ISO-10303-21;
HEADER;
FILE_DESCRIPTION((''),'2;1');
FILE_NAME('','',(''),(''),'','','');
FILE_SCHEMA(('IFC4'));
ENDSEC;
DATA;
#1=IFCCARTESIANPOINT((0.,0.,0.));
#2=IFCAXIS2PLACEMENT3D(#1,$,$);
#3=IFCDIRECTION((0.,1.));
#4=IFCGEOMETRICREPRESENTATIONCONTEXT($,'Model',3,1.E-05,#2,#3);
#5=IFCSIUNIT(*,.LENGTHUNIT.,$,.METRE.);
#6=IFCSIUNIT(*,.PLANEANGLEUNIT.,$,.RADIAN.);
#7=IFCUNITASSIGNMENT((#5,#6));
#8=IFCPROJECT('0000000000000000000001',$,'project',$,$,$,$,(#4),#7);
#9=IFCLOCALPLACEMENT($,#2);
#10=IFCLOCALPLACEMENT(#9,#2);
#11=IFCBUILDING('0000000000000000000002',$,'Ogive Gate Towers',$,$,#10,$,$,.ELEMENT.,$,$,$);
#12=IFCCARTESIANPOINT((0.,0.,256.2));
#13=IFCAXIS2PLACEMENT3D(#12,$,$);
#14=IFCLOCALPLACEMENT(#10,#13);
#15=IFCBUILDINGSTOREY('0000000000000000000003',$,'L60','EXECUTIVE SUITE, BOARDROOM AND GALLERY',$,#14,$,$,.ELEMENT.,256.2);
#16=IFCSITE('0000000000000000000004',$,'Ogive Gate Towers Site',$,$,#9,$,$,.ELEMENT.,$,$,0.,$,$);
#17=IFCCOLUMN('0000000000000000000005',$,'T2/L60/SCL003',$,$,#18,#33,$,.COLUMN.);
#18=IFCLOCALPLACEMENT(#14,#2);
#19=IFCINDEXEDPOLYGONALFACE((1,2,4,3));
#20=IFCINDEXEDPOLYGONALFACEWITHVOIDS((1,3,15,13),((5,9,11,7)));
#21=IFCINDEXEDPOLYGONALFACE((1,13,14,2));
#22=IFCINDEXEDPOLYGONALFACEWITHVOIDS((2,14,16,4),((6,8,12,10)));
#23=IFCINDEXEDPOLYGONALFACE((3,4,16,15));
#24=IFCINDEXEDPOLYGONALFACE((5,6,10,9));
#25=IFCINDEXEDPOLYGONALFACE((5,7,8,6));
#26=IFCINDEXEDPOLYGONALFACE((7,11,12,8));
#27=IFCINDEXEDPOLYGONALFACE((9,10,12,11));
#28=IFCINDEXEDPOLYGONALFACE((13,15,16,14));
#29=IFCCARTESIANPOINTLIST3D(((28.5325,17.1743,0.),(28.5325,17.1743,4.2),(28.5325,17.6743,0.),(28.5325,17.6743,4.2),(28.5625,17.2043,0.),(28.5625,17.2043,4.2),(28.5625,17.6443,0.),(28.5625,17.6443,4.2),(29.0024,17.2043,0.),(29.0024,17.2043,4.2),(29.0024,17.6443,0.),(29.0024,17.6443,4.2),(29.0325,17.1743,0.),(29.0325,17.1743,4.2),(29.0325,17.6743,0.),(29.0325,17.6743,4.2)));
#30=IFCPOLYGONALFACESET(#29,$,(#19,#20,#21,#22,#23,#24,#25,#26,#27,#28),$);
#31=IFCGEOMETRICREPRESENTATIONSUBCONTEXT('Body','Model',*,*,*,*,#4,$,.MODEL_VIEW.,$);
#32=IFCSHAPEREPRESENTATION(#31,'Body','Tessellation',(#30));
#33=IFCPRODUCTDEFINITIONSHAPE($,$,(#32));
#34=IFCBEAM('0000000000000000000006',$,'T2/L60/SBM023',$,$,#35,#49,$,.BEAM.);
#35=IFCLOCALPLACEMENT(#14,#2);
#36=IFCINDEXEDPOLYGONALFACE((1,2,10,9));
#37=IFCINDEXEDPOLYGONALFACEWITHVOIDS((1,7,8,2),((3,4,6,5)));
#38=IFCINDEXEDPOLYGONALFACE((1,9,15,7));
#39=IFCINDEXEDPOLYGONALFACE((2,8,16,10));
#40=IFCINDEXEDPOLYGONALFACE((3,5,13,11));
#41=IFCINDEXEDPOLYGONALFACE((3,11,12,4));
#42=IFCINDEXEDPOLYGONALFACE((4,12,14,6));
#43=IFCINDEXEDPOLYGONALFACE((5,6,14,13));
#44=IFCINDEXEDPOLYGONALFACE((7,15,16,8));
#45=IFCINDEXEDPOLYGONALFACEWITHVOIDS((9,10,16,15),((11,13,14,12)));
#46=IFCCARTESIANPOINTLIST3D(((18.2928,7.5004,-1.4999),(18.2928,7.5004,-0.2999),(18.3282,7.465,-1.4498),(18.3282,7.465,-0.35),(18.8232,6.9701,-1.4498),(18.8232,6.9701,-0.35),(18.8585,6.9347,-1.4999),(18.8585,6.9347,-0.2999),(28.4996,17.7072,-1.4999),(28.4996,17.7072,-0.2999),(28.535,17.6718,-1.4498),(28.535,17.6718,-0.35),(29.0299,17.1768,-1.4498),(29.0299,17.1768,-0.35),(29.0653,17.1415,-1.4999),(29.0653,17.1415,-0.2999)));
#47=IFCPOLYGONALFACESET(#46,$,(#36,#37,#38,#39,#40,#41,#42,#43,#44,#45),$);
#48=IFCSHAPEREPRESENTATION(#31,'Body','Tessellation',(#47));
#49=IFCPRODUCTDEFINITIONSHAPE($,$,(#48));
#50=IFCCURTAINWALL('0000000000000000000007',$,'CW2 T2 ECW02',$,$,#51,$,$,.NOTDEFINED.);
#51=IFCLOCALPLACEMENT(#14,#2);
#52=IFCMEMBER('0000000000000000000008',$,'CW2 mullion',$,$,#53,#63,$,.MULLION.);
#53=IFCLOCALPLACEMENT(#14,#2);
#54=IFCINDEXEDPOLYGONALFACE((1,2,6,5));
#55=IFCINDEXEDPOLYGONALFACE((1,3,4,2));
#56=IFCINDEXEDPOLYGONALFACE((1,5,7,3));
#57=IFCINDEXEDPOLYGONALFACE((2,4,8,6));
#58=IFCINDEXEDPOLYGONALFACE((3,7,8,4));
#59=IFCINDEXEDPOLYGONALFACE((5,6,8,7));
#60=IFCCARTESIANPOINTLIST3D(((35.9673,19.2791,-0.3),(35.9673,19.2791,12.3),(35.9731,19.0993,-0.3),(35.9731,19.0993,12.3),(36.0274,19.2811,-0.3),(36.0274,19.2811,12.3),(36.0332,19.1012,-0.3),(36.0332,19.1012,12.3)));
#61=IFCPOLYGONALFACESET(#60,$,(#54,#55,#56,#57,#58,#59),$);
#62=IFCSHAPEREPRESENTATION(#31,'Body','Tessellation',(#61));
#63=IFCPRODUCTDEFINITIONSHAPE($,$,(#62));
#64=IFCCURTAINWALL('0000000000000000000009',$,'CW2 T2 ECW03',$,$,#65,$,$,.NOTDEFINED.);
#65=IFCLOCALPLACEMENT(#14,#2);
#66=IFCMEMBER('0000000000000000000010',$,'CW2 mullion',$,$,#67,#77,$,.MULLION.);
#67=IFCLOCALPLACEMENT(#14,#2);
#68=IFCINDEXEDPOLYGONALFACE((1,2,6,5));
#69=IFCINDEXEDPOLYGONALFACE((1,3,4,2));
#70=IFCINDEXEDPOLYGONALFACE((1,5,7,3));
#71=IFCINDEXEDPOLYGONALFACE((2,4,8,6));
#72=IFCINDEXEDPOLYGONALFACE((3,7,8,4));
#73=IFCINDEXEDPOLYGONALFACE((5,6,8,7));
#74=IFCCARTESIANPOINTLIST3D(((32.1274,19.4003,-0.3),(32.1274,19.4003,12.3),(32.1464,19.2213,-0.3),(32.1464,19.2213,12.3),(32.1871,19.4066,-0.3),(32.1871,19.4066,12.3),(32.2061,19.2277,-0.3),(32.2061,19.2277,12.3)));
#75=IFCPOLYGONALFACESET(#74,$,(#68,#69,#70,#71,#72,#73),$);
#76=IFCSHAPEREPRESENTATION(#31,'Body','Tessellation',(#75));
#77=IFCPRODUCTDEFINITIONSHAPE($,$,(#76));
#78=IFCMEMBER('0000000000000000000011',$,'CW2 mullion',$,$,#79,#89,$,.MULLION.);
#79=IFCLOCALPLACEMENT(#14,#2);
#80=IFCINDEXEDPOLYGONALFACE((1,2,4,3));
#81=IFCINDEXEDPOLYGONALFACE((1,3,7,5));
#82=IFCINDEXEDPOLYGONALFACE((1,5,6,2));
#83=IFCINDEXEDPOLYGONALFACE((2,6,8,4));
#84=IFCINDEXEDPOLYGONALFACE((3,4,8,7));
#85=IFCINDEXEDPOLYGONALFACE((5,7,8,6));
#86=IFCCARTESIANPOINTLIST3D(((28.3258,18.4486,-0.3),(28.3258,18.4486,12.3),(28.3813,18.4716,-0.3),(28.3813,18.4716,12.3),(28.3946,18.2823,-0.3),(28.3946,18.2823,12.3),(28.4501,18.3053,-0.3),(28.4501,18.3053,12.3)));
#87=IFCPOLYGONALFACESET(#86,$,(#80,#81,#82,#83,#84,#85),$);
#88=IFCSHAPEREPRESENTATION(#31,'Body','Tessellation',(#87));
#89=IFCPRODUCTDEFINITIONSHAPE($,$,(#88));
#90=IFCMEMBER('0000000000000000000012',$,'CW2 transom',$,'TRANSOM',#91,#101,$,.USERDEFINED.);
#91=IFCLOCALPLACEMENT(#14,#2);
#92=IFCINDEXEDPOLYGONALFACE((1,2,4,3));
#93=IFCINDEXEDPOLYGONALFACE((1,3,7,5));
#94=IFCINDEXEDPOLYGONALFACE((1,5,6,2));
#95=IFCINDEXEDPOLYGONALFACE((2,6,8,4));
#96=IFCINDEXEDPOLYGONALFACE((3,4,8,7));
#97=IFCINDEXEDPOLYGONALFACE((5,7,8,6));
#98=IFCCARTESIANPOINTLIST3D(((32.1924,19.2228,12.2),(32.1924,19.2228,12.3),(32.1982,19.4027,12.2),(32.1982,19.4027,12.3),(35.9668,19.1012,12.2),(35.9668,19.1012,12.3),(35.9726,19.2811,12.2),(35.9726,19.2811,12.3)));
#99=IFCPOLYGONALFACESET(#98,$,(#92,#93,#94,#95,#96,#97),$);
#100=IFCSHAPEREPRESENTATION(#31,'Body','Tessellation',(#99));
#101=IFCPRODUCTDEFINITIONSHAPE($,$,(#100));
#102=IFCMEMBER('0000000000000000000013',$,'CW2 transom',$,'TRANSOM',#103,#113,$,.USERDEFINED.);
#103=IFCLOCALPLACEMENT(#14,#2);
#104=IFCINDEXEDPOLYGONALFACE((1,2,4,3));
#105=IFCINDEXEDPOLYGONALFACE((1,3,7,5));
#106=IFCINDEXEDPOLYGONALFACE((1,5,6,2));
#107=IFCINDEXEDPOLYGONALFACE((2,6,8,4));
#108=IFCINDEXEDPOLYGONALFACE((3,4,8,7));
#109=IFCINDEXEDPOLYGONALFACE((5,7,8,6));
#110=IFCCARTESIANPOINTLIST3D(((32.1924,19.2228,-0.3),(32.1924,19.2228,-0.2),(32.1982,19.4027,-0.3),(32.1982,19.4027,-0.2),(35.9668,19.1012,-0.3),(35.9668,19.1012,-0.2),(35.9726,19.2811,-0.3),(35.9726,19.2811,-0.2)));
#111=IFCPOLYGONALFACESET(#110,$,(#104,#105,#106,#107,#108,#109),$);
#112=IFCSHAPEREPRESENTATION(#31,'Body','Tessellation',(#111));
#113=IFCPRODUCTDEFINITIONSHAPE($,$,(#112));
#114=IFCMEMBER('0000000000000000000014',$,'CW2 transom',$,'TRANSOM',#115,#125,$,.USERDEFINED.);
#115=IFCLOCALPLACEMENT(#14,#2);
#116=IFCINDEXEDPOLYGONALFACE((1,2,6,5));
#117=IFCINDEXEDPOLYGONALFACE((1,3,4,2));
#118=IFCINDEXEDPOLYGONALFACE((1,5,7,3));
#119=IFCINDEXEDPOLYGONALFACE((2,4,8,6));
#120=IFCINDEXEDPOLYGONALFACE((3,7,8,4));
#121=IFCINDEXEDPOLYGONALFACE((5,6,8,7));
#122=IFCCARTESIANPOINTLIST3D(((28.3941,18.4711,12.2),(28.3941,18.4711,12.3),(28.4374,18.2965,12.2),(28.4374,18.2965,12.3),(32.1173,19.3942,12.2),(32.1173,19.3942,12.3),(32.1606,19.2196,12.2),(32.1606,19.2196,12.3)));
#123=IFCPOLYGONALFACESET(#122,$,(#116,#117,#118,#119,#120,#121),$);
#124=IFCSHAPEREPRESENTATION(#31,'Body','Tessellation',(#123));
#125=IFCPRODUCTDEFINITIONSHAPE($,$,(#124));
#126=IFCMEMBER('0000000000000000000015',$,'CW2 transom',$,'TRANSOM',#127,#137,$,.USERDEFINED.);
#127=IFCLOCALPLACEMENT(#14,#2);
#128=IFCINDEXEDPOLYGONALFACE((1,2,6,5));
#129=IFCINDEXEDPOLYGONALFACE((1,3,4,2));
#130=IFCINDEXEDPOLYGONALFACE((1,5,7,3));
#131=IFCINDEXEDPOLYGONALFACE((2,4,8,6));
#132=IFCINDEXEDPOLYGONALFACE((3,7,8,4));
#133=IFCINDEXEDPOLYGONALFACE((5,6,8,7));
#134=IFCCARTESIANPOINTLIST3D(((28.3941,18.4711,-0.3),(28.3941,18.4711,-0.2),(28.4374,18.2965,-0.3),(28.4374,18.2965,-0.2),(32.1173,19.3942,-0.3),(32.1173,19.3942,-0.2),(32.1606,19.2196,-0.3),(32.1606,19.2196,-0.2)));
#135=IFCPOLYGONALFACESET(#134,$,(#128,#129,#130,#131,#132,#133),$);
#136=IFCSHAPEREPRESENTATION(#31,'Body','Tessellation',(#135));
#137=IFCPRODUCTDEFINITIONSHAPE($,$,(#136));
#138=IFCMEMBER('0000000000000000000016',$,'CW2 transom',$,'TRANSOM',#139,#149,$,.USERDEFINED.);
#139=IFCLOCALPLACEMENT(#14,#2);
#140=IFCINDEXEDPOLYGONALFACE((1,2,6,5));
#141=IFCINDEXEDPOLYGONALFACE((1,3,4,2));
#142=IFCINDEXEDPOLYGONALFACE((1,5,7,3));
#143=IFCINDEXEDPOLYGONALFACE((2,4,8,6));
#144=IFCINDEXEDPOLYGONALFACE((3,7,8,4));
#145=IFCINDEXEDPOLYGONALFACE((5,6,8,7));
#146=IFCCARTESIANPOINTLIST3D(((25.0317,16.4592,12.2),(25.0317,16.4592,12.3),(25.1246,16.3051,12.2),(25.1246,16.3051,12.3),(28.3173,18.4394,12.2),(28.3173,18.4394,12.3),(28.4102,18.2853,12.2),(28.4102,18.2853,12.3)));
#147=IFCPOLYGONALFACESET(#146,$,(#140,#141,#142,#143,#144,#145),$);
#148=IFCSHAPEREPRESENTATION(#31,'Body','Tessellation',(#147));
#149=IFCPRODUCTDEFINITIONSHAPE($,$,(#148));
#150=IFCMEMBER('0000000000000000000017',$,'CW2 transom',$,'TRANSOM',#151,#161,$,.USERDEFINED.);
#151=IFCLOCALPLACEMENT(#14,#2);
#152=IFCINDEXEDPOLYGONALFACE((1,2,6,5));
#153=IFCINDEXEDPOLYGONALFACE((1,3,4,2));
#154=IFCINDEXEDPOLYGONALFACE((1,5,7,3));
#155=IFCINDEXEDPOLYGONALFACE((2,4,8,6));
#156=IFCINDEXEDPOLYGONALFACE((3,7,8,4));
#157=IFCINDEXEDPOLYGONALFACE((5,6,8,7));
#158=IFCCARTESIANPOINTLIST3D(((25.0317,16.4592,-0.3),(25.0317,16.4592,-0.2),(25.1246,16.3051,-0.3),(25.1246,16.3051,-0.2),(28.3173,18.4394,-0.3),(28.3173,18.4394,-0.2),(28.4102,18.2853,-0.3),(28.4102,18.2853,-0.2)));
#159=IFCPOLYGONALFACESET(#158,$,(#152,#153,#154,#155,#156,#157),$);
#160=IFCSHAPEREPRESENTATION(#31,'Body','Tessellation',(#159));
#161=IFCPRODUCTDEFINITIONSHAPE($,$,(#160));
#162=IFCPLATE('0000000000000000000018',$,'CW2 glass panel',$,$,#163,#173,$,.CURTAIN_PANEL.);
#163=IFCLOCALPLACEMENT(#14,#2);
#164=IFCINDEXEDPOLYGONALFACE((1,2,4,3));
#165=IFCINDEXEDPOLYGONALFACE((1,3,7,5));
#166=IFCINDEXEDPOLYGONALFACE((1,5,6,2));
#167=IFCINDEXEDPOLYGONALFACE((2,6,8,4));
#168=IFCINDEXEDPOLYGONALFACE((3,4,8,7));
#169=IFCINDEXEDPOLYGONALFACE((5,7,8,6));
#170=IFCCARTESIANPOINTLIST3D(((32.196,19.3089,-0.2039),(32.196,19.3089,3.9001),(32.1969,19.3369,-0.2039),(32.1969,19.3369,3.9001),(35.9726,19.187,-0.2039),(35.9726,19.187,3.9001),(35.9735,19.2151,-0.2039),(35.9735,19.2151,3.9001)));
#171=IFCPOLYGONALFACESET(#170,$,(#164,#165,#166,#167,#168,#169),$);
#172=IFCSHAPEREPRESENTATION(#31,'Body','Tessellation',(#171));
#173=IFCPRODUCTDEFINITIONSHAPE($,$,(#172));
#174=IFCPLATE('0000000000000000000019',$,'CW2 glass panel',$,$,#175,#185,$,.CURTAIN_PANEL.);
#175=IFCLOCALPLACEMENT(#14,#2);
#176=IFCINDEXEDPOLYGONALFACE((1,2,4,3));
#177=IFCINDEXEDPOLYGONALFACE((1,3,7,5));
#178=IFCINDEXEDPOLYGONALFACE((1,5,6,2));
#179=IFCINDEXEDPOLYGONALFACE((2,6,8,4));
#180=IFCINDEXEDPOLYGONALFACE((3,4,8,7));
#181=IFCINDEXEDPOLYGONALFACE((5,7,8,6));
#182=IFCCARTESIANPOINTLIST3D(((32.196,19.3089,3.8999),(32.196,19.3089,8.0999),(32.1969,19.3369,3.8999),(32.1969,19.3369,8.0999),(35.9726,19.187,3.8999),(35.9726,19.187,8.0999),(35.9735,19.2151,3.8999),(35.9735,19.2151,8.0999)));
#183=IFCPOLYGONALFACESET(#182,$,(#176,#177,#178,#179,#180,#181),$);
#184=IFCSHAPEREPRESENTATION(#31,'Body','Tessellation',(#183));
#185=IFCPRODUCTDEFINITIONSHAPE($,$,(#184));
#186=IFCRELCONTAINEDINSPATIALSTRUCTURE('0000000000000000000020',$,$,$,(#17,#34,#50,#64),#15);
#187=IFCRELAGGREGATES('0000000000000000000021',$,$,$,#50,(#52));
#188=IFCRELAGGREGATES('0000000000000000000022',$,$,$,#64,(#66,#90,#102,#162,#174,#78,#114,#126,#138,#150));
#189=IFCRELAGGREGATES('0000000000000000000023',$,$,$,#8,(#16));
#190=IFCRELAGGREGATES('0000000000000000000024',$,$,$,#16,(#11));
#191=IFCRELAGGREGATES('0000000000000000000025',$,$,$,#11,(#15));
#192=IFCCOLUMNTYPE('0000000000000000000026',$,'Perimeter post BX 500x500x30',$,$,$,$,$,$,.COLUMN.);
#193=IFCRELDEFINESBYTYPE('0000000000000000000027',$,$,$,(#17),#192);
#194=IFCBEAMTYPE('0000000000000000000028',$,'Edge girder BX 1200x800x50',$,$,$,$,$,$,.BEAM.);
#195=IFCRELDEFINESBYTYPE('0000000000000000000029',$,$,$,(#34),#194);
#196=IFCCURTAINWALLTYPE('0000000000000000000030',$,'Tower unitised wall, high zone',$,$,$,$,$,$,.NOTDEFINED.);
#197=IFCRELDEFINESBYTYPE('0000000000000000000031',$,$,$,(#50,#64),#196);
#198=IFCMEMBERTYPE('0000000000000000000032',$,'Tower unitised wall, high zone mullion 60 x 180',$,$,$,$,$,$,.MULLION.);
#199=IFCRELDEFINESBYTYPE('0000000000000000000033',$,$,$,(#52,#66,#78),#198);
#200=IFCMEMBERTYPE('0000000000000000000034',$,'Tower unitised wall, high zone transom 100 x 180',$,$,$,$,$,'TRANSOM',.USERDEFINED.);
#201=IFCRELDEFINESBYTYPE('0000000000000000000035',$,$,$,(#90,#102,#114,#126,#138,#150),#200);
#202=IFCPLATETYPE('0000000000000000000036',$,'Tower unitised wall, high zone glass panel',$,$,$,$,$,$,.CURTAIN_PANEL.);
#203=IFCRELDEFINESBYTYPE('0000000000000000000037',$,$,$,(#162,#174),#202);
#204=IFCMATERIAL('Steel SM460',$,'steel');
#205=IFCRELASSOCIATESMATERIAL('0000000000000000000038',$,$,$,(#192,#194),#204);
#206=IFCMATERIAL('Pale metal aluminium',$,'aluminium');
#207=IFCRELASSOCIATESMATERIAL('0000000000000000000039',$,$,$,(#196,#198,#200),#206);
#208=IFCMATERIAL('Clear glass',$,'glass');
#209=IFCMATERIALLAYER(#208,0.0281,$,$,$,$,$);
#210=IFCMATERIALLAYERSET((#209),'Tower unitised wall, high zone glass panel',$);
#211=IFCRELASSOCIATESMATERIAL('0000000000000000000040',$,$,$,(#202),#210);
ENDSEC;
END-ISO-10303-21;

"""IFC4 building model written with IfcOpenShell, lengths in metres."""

from ifc_helpers import new_model, si_unit, direction, frame, origin, origin_2d, place, context, subcontext, project, spatial, rectangle, hollow_rectangle, extrude, material, layer, layer_set, material_profile, profile_set, type_object, element, aggregate, save


model = new_model("IFC4")

# Units and contexts
model_context = context("Model", 3, precision=1e-05, world=origin(), true_north=direction((0.0, 1.0)))
body_context = subcontext(model_context, "Body", "Model", "MODEL_VIEW")
ifc_project = project(units=[si_unit("LENGTHUNIT", "METRE"), si_unit("PLANEANGLEUNIT", "RADIAN")], contexts=[model_context])

# Site, building, storey
site_placement = place(None, origin())
site = spatial("IfcSite", under=ifc_project, at=site_placement, Name="Ogive Gate Towers Site", CompositionType="ELEMENT", RefElevation=0.0)
building_placement = place(site_placement, origin())
building = spatial("IfcBuilding", under=site, at=building_placement, Name="Ogive Gate Towers", CompositionType="ELEMENT")
storey_placement = place(building_placement, frame((0.0, 0.0, 256.2)))
storey = spatial("IfcBuildingStorey", under=building, at=storey_placement, Name="L60", Description="EXECUTIVE SUITE, BOARDROOM AND GALLERY", CompositionType="ELEMENT", Elevation=256.2)

# Column
ifc_material_1 = material(Name="Steel SM460", Category="steel")
ifc_material_profile_1 = material_profile(ifc_material_1, hollow_rectangle(XDim=0.5, YDim=0.5, WallThickness=0.03, at=origin_2d()), Name="BX 500x500x30")
ifc_profile_set_1 = profile_set([ifc_material_profile_1], Name="Steel SM460")
column_type = type_object("IfcColumnType", Name="Perimeter post BX 500x500x30", PredefinedType="COLUMN", material=ifc_profile_set_1)
column_placement = place(storey_placement, frame((28.7825, 17.4243, 0.0), z_axis=(0.0, 0.0, 1.0), x_axis=(1.0, 0.0, 0.0)))
element("IfcColumn", 1, at=column_placement, inside=storey, type_object=column_type, Name="T2/L60/SCL003", PredefinedType="COLUMN", context=body_context, shape_type="SweptSolid", body=[
    extrude(hollow_rectangle(XDim=0.5, YDim=0.5, WallThickness=0.03, at=origin_2d()), origin(), (0.0, 0.0, 1.0), 4.2),
])

# Beam
ifc_material_profile_2 = material_profile(ifc_material_1, hollow_rectangle(XDim=0.8, YDim=1.2, WallThickness=0.05, at=origin_2d()), Name="BX 1200x800x50")
ifc_profile_set_2 = profile_set([ifc_material_profile_2], Name="Steel SM460")
beam_type = type_object("IfcBeamType", Name="Edge girder BX 1200x800x50", PredefinedType="BEAM", material=ifc_profile_set_2)
beam_placement = place(storey_placement, frame((28.7825, 17.4243, -0.8999), z_axis=(-0.707107, -0.707107, 0.0), x_axis=(0.707107, -0.707107, 0.0)))
element("IfcBeam", 2, at=beam_placement, inside=storey, type_object=beam_type, Name="T2/L60/SBM023", PredefinedType="BEAM", context=body_context, shape_type="SweptSolid", body=[
    extrude(hollow_rectangle(XDim=0.8, YDim=1.2, WallThickness=0.05, at=origin_2d()), origin(), (0.0, 0.0, 1.0), 14.4346),
])

# Curtain wall, member
ifc_material_2 = material(Name="Pale metal aluminium", Category="aluminium")
curtain_wall_type = type_object("IfcCurtainWallType", Name="Tower unitised wall, high zone", PredefinedType="NOTDEFINED", material=ifc_material_2)
curtain_wall_1_placement = place(storey_placement, origin())
curtain_wall_1 = element("IfcCurtainWall", 3, at=curtain_wall_1_placement, inside=storey, type_object=curtain_wall_type, Name="CW2 T2 ECW02", PredefinedType="NOTDEFINED")
ifc_material_profile_3 = material_profile(ifc_material_2, rectangle(XDim=0.1799, YDim=0.0601, at=origin_2d()), Name="60 x 180 aluminium box")
ifc_profile_set_3 = profile_set([ifc_material_profile_3], Name="Pale metal aluminium")
member_type_1 = type_object("IfcMemberType", Name="Tower unitised wall, high zone mullion 60 x 180", PredefinedType="MULLION", material=ifc_profile_set_3)
member_1_placement = place(storey_placement, frame((36.0002, 19.1902, -0.3), z_axis=(0.0, 0.0, 1.0), x_axis=(-0.032248, 0.99948, 0.0)))
member_1 = element("IfcMember", 4, at=member_1_placement, type_object=member_type_1, Name="CW2 mullion", PredefinedType="MULLION", context=body_context, shape_type="SweptSolid", body=[
    extrude(rectangle(XDim=0.1799, YDim=0.0601, at=origin_2d()), origin(), (0.0, 0.0, 1.0), 12.6001),
])
aggregate(curtain_wall_1, [member_1])

# Curtain wall, members, plates
curtain_wall_2_placement = place(storey_placement, origin())
curtain_wall_2 = element("IfcCurtainWall", 5, at=curtain_wall_2_placement, inside=storey, type_object=curtain_wall_type, Name="CW2 T2 ECW03", PredefinedType="NOTDEFINED")
member_2_placement = place(storey_placement, frame((32.1667, 19.314, -0.3), z_axis=(0.0, 0.0, 1.0), x_axis=(-0.105205, 0.994451, 0.0)))
member_2 = element("IfcMember", 6, at=member_2_placement, type_object=member_type_1, Name="CW2 mullion", PredefinedType="MULLION", context=body_context, shape_type="SweptSolid", body=[
    extrude(rectangle(XDim=0.1799, YDim=0.0601, at=origin_2d()), origin(), (0.0, 0.0, 1.0), 12.6001),
])
member_3_placement = place(storey_placement, frame((28.3879, 18.377, -0.3), z_axis=(0.0, 0.0, 1.0), x_axis=(-0.382683, 0.92388, 0.0)))
member_3 = element("IfcMember", 7, at=member_3_placement, type_object=member_type_1, Name="CW2 mullion", PredefinedType="MULLION", context=body_context, shape_type="SweptSolid", body=[
    extrude(rectangle(XDim=0.1799, YDim=0.0601, at=origin_2d()), origin(), (0.0, 0.0, 1.0), 12.6001),
])
ifc_material_profile_4 = material_profile(ifc_material_2, rectangle(XDim=0.1799, YDim=0.1001, at=origin_2d()), Name="100 x 180 aluminium box")
ifc_profile_set_4 = profile_set([ifc_material_profile_4], Name="Pale metal aluminium")
member_type_2 = type_object("IfcMemberType", Name="Tower unitised wall, high zone transom 100 x 180", ElementType="TRANSOM", PredefinedType="USERDEFINED", material=ifc_profile_set_4)
member_4_placement = place(storey_placement, frame((35.9697, 19.1912, 12.25), z_axis=(-0.999482, 0.032195, 0.0), x_axis=(-0.032195, -0.999482, 0.0)))
member_4 = element("IfcMember", 8, at=member_4_placement, type_object=member_type_2, Name="CW2 transom", ObjectType="TRANSOM", PredefinedType="USERDEFINED", context=body_context, shape_type="SweptSolid", body=[
    extrude(rectangle(XDim=0.1799, YDim=0.1001, at=origin_2d()), origin(), (0.0, 0.0, 1.0), 3.7764),
])
member_5_placement = place(storey_placement, frame((35.9697, 19.1912, -0.25), z_axis=(-0.999482, 0.032195, 0.0), x_axis=(-0.032195, -0.999482, 0.0)))
member_5 = element("IfcMember", 9, at=member_5_placement, type_object=member_type_2, Name="CW2 transom", ObjectType="TRANSOM", PredefinedType="USERDEFINED", context=body_context, shape_type="SweptSolid", body=[
    extrude(rectangle(XDim=0.1799, YDim=0.1001, at=origin_2d()), origin(), (0.0, 0.0, 1.0), 3.7764),
])
member_6_placement = place(storey_placement, frame((32.1389, 19.3069, 12.25), z_axis=(-0.970612, -0.240648, 0.0), x_axis=(0.240648, -0.970612, 0.0)))
member_6 = element("IfcMember", 10, at=member_6_placement, type_object=member_type_2, Name="CW2 transom", ObjectType="TRANSOM", PredefinedType="USERDEFINED", context=body_context, shape_type="SweptSolid", body=[
    extrude(rectangle(XDim=0.1799, YDim=0.1001, at=origin_2d()), origin(), (0.0, 0.0, 1.0), 3.8359),
])
member_7_placement = place(storey_placement, frame((32.1389, 19.3069, -0.25), z_axis=(-0.970612, -0.240648, 0.0), x_axis=(0.240648, -0.970612, 0.0)))
member_7 = element("IfcMember", 11, at=member_7_placement, type_object=member_type_2, Name="CW2 transom", ObjectType="TRANSOM", PredefinedType="USERDEFINED", context=body_context, shape_type="SweptSolid", body=[
    extrude(rectangle(XDim=0.1799, YDim=0.1001, at=origin_2d()), origin(), (0.0, 0.0, 1.0), 3.8359),
])
member_8_placement = place(storey_placement, frame((28.3638, 18.3623, 12.25), z_axis=(-0.856475, -0.516189, 0.0), x_axis=(0.516189, -0.856475, 0.0)))
member_8 = element("IfcMember", 12, at=member_8_placement, type_object=member_type_2, Name="CW2 transom", ObjectType="TRANSOM", PredefinedType="USERDEFINED", context=body_context, shape_type="SweptSolid", body=[
    extrude(rectangle(XDim=0.1799, YDim=0.1001, at=origin_2d()), origin(), (0.0, 0.0, 1.0), 3.8362),
])
member_9_placement = place(storey_placement, frame((28.3638, 18.3623, -0.25), z_axis=(-0.856475, -0.516189, 0.0), x_axis=(0.516189, -0.856475, 0.0)))
member_9 = element("IfcMember", 13, at=member_9_placement, type_object=member_type_2, Name="CW2 transom", ObjectType="TRANSOM", PredefinedType="USERDEFINED", context=body_context, shape_type="SweptSolid", body=[
    extrude(rectangle(XDim=0.1799, YDim=0.1001, at=origin_2d()), origin(), (0.0, 0.0, 1.0), 3.8362),
])
ifc_material_3 = material(Name="Clear glass", Category="glass")
ifc_layer_1 = layer(ifc_material_3, 0.0281)
ifc_layer_set_1 = layer_set([ifc_layer_1], Name="Tower unitised wall, high zone glass panel")
plate_type = type_object("IfcPlateType", Name="Tower unitised wall, high zone glass panel", PredefinedType="CURTAIN_PANEL", material=ifc_layer_set_1)
plate_1_placement = place(storey_placement, frame((34.0847, 19.262, -0.2039), z_axis=(0.0, 0.0, 1.0), x_axis=(-0.99948, 0.032248, 0.0)))
plate_1 = element("IfcPlate", 14, at=plate_1_placement, type_object=plate_type, Name="CW2 glass panel", PredefinedType="CURTAIN_PANEL", context=body_context, shape_type="SweptSolid", body=[
    extrude(rectangle(XDim=3.7786, YDim=0.0281, at=origin_2d()), origin(), (0.0, 0.0, 1.0), 4.104),
])
plate_2_placement = place(storey_placement, frame((34.0847, 19.262, 3.8999), z_axis=(0.0, 0.0, 1.0), x_axis=(-0.99948, 0.032248, 0.0)))
plate_2 = element("IfcPlate", 15, at=plate_2_placement, type_object=plate_type, Name="CW2 glass panel", PredefinedType="CURTAIN_PANEL", context=body_context, shape_type="SweptSolid", body=[
    extrude(rectangle(XDim=3.7786, YDim=0.0281, at=origin_2d()), origin(), (0.0, 0.0, 1.0), 4.2),
])
aggregate(curtain_wall_2, [member_2, member_4, member_5, plate_1, plate_2, member_3, member_6, member_7, member_8, member_9])

save(model, "model.ifc")
